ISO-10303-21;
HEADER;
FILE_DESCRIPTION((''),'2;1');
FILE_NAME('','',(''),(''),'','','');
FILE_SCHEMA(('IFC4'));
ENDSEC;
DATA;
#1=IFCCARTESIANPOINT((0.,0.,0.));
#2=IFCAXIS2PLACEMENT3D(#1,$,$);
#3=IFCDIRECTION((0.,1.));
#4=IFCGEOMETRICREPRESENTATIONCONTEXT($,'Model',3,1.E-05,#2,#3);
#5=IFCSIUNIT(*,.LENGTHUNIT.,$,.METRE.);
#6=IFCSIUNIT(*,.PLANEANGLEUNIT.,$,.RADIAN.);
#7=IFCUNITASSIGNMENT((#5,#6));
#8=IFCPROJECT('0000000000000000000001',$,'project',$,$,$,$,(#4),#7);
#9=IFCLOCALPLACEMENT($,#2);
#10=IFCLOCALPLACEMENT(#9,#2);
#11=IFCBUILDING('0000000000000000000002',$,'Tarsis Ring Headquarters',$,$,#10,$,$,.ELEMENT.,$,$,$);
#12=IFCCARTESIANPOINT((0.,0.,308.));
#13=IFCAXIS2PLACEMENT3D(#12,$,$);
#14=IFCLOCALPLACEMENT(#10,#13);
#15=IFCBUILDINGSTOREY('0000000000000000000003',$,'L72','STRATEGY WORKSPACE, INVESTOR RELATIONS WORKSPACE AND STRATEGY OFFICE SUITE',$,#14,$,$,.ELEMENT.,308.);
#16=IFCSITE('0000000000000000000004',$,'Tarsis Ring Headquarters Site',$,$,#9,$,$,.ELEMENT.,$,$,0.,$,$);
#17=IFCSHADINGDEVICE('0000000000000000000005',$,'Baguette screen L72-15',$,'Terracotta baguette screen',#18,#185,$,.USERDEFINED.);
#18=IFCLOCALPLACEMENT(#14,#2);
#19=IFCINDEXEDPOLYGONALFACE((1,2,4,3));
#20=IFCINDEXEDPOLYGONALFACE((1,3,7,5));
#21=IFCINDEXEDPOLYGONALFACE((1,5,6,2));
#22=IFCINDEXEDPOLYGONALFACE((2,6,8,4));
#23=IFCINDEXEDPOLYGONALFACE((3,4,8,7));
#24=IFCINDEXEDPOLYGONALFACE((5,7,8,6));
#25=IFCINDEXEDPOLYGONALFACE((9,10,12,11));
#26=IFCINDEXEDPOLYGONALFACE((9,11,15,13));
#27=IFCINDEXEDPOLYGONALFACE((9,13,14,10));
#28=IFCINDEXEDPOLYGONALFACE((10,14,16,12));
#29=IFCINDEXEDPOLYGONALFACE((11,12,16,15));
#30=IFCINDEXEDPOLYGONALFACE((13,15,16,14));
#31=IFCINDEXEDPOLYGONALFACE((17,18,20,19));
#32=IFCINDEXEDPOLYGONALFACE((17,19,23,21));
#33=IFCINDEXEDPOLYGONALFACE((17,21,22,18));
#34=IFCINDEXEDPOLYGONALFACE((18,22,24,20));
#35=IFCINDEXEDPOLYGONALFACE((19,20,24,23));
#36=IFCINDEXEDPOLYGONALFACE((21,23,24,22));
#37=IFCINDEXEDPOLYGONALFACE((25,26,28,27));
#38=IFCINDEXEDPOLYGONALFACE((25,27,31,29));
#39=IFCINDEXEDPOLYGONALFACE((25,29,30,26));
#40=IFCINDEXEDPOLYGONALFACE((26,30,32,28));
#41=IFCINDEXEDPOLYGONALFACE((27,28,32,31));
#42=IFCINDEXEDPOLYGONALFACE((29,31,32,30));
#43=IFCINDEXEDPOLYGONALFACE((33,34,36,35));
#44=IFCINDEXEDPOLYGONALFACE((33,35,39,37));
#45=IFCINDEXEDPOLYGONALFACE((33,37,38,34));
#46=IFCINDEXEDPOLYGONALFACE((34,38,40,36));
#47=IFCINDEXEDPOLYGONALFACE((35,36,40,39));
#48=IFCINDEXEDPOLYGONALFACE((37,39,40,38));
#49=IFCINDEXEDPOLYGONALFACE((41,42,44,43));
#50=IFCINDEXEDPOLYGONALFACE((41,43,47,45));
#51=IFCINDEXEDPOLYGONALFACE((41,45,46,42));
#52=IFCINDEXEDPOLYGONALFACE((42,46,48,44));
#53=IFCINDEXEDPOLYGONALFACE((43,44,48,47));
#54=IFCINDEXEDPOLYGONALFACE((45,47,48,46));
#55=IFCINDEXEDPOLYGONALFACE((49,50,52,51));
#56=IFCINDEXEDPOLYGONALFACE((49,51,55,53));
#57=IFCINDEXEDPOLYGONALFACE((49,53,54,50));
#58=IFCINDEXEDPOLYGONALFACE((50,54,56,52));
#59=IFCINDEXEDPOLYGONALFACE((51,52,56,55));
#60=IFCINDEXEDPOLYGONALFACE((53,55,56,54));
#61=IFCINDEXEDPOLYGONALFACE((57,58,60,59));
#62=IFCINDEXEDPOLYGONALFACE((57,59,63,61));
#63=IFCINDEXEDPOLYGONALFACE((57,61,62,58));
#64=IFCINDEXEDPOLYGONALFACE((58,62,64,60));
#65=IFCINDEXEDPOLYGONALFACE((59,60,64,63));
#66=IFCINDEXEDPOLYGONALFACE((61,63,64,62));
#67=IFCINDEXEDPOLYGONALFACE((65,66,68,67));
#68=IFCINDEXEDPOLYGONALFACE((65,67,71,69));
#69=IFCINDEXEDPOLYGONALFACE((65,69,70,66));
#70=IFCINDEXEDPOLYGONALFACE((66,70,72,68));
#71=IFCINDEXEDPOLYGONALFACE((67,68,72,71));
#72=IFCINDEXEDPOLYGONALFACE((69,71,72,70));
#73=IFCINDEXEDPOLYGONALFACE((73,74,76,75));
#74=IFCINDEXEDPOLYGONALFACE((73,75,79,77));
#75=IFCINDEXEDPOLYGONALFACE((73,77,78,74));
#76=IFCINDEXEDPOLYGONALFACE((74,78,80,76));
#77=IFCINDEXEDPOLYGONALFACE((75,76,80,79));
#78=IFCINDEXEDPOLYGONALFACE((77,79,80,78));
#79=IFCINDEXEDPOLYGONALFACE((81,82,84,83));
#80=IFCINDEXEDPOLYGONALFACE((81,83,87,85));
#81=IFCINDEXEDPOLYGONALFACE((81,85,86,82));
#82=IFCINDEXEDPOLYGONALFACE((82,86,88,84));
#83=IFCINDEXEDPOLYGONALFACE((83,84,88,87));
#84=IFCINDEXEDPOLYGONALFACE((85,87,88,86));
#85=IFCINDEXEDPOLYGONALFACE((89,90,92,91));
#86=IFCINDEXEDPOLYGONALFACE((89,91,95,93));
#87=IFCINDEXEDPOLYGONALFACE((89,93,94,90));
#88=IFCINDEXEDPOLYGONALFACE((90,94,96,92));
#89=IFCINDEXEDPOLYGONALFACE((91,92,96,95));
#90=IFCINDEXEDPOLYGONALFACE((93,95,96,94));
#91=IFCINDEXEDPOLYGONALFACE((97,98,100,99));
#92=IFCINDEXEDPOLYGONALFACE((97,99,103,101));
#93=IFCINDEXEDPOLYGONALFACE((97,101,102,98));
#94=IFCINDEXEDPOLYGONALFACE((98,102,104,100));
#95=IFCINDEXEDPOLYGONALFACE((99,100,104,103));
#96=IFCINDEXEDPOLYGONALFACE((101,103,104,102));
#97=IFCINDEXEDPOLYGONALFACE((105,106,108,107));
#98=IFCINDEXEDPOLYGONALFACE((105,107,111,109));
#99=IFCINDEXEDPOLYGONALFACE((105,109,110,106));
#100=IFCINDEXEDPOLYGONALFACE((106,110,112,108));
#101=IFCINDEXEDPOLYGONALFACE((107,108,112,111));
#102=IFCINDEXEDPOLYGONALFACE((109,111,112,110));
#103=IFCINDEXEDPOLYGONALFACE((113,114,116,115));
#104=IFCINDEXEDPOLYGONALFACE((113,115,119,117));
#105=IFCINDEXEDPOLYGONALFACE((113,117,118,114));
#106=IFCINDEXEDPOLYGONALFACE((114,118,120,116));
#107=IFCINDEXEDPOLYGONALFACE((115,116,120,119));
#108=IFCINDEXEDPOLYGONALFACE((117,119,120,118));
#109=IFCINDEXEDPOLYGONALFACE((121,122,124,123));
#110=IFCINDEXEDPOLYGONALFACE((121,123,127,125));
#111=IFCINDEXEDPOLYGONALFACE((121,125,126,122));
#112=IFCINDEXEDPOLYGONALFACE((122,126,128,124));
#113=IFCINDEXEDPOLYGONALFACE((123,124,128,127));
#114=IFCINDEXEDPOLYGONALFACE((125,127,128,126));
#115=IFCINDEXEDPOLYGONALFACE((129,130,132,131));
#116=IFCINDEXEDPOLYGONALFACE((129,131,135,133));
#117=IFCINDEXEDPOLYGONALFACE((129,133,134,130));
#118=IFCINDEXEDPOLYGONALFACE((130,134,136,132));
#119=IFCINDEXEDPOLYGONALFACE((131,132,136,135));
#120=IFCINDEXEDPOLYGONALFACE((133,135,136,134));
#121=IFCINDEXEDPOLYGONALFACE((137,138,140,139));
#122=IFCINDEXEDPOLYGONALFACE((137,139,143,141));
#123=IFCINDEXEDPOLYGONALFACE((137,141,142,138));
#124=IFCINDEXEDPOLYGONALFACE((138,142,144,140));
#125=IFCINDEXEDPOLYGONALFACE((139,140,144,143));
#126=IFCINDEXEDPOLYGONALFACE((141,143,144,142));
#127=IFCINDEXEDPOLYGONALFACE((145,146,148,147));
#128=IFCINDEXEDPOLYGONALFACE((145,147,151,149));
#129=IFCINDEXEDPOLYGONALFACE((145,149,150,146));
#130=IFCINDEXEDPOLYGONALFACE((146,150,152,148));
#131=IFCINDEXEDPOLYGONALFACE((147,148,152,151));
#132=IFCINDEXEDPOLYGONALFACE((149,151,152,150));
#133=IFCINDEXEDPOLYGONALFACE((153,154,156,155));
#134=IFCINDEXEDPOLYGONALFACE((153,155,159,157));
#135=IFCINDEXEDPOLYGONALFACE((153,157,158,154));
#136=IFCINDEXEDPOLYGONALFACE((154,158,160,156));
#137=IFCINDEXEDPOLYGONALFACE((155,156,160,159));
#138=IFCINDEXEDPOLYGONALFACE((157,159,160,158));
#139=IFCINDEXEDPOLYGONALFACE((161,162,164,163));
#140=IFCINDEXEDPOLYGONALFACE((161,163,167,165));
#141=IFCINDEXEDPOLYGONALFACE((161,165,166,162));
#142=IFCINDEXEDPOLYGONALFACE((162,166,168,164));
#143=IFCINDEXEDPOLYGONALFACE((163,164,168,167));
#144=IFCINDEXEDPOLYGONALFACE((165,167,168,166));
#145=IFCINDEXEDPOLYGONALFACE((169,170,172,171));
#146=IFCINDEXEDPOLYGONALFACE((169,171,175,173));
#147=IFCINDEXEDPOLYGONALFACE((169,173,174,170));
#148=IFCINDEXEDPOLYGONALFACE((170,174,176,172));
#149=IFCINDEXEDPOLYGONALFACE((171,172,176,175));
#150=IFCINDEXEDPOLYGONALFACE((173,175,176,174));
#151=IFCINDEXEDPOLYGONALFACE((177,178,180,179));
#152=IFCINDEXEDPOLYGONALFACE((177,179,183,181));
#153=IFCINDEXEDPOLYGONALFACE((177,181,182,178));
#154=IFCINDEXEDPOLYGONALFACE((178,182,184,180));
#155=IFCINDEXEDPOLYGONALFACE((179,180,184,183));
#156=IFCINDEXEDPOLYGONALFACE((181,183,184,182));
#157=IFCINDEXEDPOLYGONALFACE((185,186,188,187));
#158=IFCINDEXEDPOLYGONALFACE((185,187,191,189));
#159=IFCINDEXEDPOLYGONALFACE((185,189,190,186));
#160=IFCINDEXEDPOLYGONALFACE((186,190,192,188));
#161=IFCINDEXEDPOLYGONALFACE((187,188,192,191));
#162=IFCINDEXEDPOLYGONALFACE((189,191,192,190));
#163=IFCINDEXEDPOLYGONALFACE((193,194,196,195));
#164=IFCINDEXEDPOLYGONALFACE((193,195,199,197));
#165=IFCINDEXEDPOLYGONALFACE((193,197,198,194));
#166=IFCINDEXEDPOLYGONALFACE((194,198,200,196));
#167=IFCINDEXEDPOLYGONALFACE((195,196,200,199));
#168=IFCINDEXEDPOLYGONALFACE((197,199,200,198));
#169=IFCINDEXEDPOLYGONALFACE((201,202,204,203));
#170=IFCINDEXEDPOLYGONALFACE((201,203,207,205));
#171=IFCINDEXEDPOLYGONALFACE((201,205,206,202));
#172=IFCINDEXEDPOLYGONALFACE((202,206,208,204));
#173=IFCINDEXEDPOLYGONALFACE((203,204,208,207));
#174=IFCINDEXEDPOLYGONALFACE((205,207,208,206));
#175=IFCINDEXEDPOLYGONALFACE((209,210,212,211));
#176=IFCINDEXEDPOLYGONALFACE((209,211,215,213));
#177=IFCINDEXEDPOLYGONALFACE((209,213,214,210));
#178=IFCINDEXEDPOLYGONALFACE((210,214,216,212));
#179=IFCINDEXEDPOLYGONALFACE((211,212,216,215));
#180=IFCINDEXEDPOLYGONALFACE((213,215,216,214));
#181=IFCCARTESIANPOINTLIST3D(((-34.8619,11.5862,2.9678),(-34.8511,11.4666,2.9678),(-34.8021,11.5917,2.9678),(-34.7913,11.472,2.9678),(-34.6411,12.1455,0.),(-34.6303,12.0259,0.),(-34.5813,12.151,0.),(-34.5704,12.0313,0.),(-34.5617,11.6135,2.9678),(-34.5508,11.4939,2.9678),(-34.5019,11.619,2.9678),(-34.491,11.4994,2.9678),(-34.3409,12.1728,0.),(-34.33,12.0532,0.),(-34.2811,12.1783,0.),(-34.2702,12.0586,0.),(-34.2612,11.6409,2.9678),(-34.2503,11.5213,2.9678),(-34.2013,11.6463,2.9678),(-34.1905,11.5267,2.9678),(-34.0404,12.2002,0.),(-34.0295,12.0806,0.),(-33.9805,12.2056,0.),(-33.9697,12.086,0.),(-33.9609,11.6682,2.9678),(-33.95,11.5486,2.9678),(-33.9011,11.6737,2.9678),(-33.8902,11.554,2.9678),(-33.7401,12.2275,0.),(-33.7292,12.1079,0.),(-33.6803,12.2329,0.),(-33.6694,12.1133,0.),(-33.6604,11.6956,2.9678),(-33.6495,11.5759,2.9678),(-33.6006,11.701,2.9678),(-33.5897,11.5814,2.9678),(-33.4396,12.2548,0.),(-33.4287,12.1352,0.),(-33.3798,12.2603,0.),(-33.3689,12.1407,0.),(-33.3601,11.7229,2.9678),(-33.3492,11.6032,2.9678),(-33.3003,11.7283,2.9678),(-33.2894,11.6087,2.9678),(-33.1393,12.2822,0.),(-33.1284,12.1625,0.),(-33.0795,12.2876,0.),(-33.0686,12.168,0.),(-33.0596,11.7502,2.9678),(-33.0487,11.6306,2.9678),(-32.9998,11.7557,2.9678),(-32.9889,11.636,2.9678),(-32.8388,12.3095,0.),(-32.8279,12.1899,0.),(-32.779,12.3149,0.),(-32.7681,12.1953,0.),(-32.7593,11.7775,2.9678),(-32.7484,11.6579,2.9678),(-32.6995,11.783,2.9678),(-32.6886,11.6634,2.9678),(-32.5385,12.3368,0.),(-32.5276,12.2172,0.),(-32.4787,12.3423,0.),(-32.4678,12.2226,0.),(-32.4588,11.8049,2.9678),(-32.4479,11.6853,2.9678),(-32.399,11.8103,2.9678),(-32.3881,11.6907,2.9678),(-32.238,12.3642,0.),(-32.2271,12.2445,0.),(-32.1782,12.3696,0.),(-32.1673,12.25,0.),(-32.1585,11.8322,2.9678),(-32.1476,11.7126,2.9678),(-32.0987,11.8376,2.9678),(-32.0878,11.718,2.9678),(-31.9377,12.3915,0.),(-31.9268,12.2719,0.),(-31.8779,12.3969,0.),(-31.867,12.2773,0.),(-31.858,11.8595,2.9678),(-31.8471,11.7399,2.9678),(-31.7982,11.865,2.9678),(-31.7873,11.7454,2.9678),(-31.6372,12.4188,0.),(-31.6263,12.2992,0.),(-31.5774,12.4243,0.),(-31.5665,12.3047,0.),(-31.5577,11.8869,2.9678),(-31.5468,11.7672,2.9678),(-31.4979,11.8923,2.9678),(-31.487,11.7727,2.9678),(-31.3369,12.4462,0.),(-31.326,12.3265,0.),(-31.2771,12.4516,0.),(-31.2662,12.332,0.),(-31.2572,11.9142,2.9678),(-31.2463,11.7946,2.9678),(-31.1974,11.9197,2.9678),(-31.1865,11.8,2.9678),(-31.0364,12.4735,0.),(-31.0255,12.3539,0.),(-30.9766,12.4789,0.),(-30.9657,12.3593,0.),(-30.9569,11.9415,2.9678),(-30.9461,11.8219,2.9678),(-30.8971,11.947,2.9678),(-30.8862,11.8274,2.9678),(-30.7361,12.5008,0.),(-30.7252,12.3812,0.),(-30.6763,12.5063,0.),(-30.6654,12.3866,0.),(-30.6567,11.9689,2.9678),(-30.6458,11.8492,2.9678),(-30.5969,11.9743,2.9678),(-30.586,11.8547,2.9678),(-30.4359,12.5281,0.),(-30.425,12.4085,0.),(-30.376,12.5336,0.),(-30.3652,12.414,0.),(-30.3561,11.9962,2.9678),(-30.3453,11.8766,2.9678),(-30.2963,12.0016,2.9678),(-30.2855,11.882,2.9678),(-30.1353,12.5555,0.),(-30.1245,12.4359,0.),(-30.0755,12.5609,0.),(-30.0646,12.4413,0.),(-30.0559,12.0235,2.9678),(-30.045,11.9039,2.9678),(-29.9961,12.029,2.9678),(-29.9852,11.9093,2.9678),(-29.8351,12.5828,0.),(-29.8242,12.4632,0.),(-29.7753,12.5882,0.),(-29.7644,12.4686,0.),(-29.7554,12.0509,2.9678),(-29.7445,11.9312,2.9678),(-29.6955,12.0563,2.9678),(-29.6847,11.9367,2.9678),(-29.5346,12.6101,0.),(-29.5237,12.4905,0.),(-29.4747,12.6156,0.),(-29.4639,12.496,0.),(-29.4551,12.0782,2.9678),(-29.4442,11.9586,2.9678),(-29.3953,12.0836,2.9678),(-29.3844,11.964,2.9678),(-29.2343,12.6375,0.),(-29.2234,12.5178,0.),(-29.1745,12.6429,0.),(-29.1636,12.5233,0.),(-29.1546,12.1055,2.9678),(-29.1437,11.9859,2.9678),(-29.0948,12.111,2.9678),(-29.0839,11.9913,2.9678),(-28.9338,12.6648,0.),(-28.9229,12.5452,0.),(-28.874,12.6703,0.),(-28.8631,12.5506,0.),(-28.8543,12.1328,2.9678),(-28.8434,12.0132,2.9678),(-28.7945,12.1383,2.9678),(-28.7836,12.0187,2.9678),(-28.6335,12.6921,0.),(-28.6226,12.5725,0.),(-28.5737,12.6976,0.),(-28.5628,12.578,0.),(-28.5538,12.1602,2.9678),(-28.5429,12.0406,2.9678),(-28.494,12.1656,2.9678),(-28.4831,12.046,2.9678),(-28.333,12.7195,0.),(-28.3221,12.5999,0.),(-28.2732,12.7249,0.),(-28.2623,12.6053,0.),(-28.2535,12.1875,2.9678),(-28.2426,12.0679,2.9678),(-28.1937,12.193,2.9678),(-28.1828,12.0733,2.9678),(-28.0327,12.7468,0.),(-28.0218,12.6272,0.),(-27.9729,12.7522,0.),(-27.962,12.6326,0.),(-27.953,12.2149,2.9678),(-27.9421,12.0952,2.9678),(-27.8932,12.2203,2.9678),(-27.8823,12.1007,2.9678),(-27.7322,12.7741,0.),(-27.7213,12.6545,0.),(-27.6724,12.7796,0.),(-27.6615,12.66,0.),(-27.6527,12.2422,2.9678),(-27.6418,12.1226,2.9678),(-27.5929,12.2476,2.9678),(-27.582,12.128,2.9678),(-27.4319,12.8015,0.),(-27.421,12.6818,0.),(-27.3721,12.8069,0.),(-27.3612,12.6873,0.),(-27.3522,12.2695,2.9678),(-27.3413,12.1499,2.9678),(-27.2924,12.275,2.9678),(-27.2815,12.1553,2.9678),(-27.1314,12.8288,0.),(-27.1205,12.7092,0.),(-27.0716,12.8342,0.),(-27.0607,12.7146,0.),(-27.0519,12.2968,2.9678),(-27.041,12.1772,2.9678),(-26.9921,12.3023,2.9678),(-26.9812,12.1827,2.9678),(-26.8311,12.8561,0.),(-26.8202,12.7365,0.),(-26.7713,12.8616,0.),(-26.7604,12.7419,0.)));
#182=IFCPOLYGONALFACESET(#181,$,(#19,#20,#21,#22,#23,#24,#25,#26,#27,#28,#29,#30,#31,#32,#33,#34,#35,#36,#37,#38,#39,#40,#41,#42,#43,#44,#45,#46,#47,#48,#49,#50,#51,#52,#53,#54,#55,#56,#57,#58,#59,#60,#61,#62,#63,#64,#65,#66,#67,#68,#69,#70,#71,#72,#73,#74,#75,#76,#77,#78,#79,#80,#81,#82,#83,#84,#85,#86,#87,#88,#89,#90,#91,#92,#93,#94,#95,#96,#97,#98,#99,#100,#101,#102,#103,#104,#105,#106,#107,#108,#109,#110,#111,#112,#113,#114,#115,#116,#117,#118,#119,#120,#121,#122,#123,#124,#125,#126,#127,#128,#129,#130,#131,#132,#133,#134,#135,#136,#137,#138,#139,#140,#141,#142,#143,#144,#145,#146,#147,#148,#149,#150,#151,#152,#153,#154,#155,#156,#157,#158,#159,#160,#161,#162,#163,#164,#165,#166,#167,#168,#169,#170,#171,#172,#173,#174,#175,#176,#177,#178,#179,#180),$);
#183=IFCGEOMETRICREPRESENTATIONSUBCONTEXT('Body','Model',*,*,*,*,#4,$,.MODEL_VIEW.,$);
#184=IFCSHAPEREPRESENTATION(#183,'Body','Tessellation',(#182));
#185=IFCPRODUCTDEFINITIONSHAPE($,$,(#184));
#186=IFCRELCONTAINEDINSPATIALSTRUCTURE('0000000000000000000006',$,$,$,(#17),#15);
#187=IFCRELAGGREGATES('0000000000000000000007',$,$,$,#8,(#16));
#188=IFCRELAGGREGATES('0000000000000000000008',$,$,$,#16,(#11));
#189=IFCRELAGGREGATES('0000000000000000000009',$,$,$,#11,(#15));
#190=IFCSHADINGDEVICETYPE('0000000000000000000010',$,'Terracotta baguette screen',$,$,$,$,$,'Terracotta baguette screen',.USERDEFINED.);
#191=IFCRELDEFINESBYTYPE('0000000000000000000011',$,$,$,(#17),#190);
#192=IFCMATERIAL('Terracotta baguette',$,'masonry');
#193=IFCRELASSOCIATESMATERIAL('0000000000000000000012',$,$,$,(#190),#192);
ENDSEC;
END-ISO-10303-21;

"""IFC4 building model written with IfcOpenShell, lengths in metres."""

from ifc_helpers import new_model, si_unit, direction, frame, frame_2d, origin, place, context, subcontext, project, spatial, rectangle, composite_profile, extrude, material, type_object, element, save


model = new_model("IFC4")

# Units and contexts
model_context = context("Model", 3, precision=1e-05, world=origin(), true_north=direction((0.0, 1.0)))
body_context = subcontext(model_context, "Body", "Model", "MODEL_VIEW")
ifc_project = project(units=[si_unit("LENGTHUNIT", "METRE"), si_unit("PLANEANGLEUNIT", "RADIAN")], contexts=[model_context])

# Site, building, storey
site_placement = place(None, origin())
site = spatial("IfcSite", under=ifc_project, at=site_placement, Name="Tarsis Ring Headquarters Site", CompositionType="ELEMENT", RefElevation=0.0)
building_placement = place(site_placement, origin())
building = spatial("IfcBuilding", under=site, at=building_placement, Name="Tarsis Ring Headquarters", CompositionType="ELEMENT")
storey_placement = place(building_placement, frame((0.0, 0.0, 308.0)))
storey = spatial("IfcBuildingStorey", under=building, at=storey_placement, Name="L72", Description="STRATEGY WORKSPACE, INVESTOR RELATIONS WORKSPACE AND STRATEGY OFFICE SUITE", CompositionType="ELEMENT", Elevation=308.0)

# Shading device
ifc_material_1 = material(Name="Terracotta baguette", Category="masonry")
shading_device_type_1 = type_object("IfcShadingDeviceType", Name="Terracotta baguette screen", ElementType="Terracotta baguette screen", PredefinedType="USERDEFINED", material=ifc_material_1)
shading_device_1_placement = place(storey_placement, frame((-26.7659, 12.8018, 0.0), z_axis=(0.0, 0.0, 1.0), x_axis=(-0.995891, -0.090614, 0.0)))
element("IfcShadingDevice", 1, at=shading_device_1_placement, inside=storey, type_object=shading_device_type_1, Name="Baguette screen L72-15", ObjectType="Terracotta baguette screen", PredefinedType="USERDEFINED", context=body_context, shape_type="SweptSolid", body=[
    extrude(composite_profile([rectangle(XDim=0.0601, YDim=0.1201, at=frame_2d((0.03, 0.0))), rectangle(XDim=0.0601, YDim=0.1201, at=frame_2d((0.3315, 0.0))), rectangle(XDim=0.0601, YDim=0.1201, at=frame_2d((0.6333, 0.0))), rectangle(XDim=0.0601, YDim=0.1201, at=frame_2d((0.9348, 0.0))), rectangle(XDim=0.0601, YDim=0.1201, at=frame_2d((1.2366, 0.0))), rectangle(XDim=0.0601, YDim=0.1201, at=frame_2d((1.5381, 0.0))), rectangle(XDim=0.0601, YDim=0.1201, at=frame_2d((1.8398, 0.0))), rectangle(XDim=0.0601, YDim=0.1201, at=frame_2d((2.1414, 0.0))), rectangle(XDim=0.0601, YDim=0.1201, at=frame_2d((2.4431, 0.0))), rectangle(XDim=0.0601, YDim=0.1201, at=frame_2d((2.7446, 0.0))), rectangle(XDim=0.0601, YDim=0.1201, at=frame_2d((3.0464, 0.0))), rectangle(XDim=0.0601, YDim=0.1201, at=frame_2d((3.3479, 0.0))), rectangle(XDim=0.0601, YDim=0.1201, at=frame_2d((3.6497, 0.0))), rectangle(XDim=0.0601, YDim=0.1201, at=frame_2d((3.9512, 0.0))), rectangle(XDim=0.0601, YDim=0.1201, at=frame_2d((4.2527, 0.0))), rectangle(XDim=0.0601, YDim=0.1201, at=frame_2d((4.5544, 0.0))), rectangle(XDim=0.0601, YDim=0.1201, at=frame_2d((4.856, 0.0))), rectangle(XDim=0.0601, YDim=0.1201, at=frame_2d((5.1577, 0.0))), rectangle(XDim=0.0601, YDim=0.1201, at=frame_2d((5.4592, 0.0))), rectangle(XDim=0.0601, YDim=0.1201, at=frame_2d((5.761, 0.0))), rectangle(XDim=0.0601, YDim=0.1201, at=frame_2d((6.0625, 0.0))), rectangle(XDim=0.0601, YDim=0.1201, at=frame_2d((6.3643, 0.0))), rectangle(XDim=0.0601, YDim=0.1201, at=frame_2d((6.6658, 0.0))), rectangle(XDim=0.0601, YDim=0.1201, at=frame_2d((6.9675, 0.0))), rectangle(XDim=0.0601, YDim=0.1201, at=frame_2d((7.269, 0.0))), rectangle(XDim=0.0601, YDim=0.1201, at=frame_2d((7.5708, 0.0))), rectangle(XDim=0.0601, YDim=0.1201, at=frame_2d((7.8723, 0.0)))]), origin(), (0.089355, 0.177333, 0.980086), 3.0281),
])

save(model, "model.ifc")
